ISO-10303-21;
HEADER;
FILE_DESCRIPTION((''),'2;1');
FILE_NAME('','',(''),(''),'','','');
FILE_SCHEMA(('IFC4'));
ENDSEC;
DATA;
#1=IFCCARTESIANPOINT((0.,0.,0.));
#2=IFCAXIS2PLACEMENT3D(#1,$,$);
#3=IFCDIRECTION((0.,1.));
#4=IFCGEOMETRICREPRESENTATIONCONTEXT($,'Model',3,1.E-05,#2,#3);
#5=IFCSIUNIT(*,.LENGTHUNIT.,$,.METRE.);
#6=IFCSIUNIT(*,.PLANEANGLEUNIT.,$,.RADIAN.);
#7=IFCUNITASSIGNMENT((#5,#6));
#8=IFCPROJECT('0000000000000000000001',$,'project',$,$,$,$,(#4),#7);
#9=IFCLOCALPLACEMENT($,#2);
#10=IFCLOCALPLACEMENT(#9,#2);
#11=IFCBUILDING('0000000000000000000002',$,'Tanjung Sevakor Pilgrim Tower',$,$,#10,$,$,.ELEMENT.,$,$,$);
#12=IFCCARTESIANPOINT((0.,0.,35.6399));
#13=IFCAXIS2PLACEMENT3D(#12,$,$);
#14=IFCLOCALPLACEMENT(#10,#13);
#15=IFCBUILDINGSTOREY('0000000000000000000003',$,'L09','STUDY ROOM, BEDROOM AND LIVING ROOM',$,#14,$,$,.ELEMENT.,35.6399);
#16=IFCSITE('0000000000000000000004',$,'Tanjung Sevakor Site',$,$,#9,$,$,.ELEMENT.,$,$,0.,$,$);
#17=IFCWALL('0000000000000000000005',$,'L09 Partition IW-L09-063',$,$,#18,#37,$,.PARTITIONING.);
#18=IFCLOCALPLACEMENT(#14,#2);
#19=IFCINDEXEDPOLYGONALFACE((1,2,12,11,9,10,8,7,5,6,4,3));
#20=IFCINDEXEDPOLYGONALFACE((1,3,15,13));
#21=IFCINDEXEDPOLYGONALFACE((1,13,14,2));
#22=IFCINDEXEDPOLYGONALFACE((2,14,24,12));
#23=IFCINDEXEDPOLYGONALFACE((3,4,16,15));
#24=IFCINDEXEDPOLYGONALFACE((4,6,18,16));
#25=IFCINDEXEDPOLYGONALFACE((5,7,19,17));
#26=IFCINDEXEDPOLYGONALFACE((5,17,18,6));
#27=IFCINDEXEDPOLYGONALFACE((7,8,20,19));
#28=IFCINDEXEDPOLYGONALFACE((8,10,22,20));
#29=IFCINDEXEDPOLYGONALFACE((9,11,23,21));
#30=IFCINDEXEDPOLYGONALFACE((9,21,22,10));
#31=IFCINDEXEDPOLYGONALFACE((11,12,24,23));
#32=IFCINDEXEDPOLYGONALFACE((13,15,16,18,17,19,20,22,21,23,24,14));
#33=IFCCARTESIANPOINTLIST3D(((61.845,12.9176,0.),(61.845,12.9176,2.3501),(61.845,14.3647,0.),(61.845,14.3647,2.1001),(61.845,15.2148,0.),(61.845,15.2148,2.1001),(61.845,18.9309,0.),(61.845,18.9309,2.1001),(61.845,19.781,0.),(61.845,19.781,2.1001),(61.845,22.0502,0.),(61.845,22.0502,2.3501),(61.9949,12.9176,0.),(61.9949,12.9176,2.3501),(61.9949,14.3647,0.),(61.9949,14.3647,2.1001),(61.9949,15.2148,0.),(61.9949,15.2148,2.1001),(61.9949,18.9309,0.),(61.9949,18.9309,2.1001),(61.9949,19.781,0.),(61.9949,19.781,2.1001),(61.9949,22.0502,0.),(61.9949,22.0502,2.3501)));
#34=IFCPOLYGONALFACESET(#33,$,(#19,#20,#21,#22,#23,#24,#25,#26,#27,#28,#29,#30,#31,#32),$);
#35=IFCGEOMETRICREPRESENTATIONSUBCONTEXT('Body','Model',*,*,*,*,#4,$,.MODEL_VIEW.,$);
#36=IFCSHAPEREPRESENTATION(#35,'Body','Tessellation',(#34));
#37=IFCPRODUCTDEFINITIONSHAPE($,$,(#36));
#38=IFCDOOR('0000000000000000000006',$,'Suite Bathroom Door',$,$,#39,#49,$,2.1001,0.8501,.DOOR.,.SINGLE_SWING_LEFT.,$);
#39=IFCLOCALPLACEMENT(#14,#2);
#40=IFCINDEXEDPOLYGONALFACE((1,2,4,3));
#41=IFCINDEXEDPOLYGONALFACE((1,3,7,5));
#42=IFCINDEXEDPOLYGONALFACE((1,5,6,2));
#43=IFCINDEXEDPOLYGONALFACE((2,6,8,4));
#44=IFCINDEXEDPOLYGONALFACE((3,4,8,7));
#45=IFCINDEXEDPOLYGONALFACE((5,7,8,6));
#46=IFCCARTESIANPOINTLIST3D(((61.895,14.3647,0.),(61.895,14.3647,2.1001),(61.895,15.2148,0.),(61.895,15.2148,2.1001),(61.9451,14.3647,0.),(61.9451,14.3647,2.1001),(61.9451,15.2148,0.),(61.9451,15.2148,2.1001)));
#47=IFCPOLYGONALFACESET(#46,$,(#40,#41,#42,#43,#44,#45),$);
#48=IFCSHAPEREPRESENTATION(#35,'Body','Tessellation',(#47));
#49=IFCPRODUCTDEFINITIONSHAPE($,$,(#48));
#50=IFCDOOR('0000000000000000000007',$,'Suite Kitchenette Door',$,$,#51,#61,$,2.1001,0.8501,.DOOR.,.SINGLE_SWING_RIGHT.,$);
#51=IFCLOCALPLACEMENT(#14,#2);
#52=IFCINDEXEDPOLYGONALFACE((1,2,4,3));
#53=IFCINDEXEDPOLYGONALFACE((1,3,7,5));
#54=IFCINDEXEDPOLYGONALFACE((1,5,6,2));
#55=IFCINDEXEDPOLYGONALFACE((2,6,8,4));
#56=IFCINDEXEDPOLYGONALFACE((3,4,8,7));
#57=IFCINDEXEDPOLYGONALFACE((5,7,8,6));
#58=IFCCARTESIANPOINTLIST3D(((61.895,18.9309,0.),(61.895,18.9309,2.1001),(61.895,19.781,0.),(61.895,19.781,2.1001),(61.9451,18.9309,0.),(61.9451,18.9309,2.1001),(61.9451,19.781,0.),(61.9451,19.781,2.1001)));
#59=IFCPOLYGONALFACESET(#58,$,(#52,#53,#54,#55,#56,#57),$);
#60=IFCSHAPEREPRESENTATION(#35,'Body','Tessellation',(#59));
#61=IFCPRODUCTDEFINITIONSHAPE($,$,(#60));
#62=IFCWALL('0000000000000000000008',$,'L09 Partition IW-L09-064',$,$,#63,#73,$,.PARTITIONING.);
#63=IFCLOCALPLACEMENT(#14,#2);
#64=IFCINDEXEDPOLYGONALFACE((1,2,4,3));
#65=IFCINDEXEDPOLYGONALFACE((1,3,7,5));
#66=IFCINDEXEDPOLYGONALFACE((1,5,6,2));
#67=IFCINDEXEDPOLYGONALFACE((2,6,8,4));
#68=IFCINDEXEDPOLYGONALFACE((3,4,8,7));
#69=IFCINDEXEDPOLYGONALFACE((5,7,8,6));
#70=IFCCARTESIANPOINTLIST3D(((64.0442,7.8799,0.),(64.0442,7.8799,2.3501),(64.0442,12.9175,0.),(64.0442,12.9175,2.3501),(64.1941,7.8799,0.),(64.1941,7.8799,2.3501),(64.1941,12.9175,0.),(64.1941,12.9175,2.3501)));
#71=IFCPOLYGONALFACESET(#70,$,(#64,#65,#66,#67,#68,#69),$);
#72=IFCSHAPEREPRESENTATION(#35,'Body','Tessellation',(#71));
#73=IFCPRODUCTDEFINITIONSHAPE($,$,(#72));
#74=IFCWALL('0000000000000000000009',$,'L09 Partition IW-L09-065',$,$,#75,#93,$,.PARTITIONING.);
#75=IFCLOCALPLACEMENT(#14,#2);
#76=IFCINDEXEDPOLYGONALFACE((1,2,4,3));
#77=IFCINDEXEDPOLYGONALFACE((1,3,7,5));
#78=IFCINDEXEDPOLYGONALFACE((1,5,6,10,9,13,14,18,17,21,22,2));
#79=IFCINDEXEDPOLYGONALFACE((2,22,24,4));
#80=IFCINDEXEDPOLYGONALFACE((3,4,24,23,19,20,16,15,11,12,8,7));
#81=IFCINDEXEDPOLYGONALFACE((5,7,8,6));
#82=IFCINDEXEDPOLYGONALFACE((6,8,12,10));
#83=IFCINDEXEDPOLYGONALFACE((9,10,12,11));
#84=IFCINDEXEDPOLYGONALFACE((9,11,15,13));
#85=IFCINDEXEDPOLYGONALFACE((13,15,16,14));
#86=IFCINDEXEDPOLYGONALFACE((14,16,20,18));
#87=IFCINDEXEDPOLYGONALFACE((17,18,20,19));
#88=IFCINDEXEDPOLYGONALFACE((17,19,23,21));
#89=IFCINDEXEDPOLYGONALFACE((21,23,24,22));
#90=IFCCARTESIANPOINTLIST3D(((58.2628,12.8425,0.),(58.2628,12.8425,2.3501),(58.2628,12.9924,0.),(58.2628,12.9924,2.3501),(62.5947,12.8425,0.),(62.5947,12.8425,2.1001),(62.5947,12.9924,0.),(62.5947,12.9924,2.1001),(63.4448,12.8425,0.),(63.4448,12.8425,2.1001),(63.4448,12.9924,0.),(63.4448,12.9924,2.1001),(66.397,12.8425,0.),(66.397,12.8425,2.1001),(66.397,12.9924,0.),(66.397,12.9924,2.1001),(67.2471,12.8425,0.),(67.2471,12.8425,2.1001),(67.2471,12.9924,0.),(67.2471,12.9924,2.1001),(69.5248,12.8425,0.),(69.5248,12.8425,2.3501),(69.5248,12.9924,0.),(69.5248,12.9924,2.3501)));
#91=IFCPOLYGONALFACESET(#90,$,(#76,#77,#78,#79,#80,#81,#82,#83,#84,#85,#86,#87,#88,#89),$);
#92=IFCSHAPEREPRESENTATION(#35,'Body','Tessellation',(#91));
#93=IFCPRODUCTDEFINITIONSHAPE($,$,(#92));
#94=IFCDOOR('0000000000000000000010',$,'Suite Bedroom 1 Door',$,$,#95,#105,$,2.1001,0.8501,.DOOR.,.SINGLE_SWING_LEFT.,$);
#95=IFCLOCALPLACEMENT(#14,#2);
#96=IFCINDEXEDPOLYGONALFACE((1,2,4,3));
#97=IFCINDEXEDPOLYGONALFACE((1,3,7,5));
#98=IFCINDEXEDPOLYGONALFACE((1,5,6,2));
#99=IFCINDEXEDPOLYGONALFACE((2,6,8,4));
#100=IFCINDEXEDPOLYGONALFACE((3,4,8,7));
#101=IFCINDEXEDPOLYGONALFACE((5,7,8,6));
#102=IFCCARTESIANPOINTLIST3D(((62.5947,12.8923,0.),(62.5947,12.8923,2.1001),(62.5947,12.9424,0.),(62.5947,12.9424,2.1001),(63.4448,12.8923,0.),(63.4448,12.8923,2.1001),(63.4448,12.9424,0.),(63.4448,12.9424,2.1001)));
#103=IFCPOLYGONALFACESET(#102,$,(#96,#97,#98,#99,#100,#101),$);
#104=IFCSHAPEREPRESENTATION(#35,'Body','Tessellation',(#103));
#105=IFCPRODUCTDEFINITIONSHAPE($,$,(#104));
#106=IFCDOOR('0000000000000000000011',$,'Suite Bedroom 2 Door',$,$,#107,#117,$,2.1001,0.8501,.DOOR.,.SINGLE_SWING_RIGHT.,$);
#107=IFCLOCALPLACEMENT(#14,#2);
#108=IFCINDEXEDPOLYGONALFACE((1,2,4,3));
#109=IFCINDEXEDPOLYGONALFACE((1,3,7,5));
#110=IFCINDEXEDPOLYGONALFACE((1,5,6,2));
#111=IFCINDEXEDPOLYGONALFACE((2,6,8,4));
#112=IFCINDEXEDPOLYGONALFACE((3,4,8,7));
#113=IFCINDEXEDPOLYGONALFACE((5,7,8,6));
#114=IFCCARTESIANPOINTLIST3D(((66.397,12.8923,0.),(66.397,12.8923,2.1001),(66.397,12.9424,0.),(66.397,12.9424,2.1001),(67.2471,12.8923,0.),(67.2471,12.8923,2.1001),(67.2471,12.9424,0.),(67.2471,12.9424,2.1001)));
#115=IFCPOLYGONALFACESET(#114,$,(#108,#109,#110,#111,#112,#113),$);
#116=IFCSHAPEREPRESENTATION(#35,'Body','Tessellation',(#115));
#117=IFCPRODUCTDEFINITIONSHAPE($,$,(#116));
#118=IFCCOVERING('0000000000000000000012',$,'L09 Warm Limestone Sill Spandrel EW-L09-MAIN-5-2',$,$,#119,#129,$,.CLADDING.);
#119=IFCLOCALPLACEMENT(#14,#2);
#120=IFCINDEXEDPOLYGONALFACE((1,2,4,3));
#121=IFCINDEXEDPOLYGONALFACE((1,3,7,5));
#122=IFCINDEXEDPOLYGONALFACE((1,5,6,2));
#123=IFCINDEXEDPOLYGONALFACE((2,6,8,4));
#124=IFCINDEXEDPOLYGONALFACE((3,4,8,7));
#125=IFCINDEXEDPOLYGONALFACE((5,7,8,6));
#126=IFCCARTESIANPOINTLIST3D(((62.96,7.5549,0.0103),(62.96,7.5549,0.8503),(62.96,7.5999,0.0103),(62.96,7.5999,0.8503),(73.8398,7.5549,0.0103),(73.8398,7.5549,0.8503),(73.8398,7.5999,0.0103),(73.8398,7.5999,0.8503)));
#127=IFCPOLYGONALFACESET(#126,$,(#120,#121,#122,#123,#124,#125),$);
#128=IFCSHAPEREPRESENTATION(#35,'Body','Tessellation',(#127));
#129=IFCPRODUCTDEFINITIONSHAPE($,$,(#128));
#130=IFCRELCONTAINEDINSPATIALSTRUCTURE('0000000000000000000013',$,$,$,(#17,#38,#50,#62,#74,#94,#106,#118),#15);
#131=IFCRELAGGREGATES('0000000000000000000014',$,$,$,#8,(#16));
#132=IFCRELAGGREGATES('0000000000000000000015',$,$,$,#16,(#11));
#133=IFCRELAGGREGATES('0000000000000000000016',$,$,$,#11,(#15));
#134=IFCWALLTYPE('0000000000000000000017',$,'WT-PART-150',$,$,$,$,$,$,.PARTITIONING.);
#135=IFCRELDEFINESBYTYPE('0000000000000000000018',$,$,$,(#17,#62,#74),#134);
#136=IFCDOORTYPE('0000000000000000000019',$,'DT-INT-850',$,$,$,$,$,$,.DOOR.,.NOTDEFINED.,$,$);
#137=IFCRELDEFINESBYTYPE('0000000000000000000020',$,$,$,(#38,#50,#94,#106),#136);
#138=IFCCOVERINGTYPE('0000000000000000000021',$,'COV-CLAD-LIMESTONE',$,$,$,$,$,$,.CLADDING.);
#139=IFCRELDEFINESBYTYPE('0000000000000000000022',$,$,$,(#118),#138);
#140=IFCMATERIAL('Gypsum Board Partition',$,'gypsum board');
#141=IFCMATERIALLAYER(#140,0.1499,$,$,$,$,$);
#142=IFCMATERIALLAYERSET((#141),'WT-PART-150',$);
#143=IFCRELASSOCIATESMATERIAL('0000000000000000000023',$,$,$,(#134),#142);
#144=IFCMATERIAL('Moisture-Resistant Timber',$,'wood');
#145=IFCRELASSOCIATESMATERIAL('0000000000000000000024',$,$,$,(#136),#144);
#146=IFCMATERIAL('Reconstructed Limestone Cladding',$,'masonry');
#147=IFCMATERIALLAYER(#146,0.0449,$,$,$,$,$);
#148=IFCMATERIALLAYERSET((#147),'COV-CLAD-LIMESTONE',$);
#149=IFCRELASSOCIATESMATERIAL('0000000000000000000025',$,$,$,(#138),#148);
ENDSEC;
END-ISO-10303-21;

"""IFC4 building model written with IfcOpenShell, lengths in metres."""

from ifc_helpers import new_model, si_unit, direction, frame, frame_2d, origin, origin_2d, place, context, subcontext, project, spatial, rectangle, extrude, material, layer, layer_set, type_object, element, fill, save


model = new_model("IFC4")

# Units and contexts
model_context = context("Model", 3, precision=1e-05, world=origin(), true_north=direction((0.0, 1.0)))
body_context = subcontext(model_context, "Body", "Model", "MODEL_VIEW")
ifc_project = project(units=[si_unit("LENGTHUNIT", "METRE"), si_unit("PLANEANGLEUNIT", "RADIAN")], contexts=[model_context])

# Site, building, storey
site_placement = place(None, origin())
site = spatial("IfcSite", under=ifc_project, at=site_placement, Name="Tanjung Sevakor Site", CompositionType="ELEMENT", RefElevation=0.0)
building_placement = place(site_placement, origin())
building = spatial("IfcBuilding", under=site, at=building_placement, Name="Tanjung Sevakor Pilgrim Tower", CompositionType="ELEMENT")
storey_placement = place(building_placement, frame((0.0, 0.0, 35.6399)))
storey = spatial("IfcBuildingStorey", under=building, at=storey_placement, Name="L09", Description="STUDY ROOM, BEDROOM AND LIVING ROOM", CompositionType="ELEMENT", Elevation=35.6399)

# Shared definitions
ifc_material_1 = material(Name="Gypsum Board Partition", Category="gypsum board")
ifc_layer_1 = layer(ifc_material_1, 0.1499)
ifc_layer_set_1 = layer_set([ifc_layer_1], Name="WT-PART-150")
wall_type_1 = type_object("IfcWallType", Name="WT-PART-150", PredefinedType="PARTITIONING", material=ifc_layer_set_1)

# Wall, openings, doors
wall_1_placement = place(storey_placement, frame((61.9199, 12.9175, 0.0), z_axis=(0.0, 0.0, 1.0), x_axis=(0.0, 1.0, 0.0)))
wall_1 = element("IfcWall", 1, at=wall_1_placement, inside=storey, type_object=wall_type_1, Name="L09 Partition IW-L09-063", PredefinedType="PARTITIONING", context=body_context, shape_type="SweptSolid", body=[
    extrude(rectangle(XDim=9.1326, YDim=0.1499, at=frame_2d((4.5664, 0.0))), origin(), (0.0, 0.0, 1.0), 2.3501),
])
opening_1_placement = place(wall_1_placement, frame((1.4473, 0.0, 0.0)))
opening_1 = element("IfcOpeningElement", 2, at=opening_1_placement, cuts=wall_1, PredefinedType="OPENING", context=body_context, shape_type="SweptSolid", body=[
    extrude(rectangle(XDim=0.8501, YDim=2.1001, at=frame_2d((0.425, 1.05))), frame((0.0, 0.085, 0.0), z_axis=(0.0, -1.0, 0.0), x_axis=(1.0, 0.0, 0.0)), (0.0, 0.0, 1.0), 0.1699),
])
opening_2_placement = place(wall_1_placement, frame((6.0134, 0.0, 0.0)))
opening_2 = element("IfcOpeningElement", 3, at=opening_2_placement, cuts=wall_1, PredefinedType="OPENING", context=body_context, shape_type="SweptSolid", body=[
    extrude(rectangle(XDim=0.8501, YDim=2.1001, at=frame_2d((0.425, 1.05))), frame((0.0, 0.085, 0.0), z_axis=(0.0, -1.0, 0.0), x_axis=(1.0, 0.0, 0.0)), (0.0, 0.0, 1.0), 0.1699),
])
ifc_material_2 = material(Name="Moisture-Resistant Timber", Category="wood")
door_type_1 = type_object("IfcDoorType", Name="DT-INT-850", OperationType="NOTDEFINED", PredefinedType="DOOR", material=ifc_material_2)
door_1_placement = place(opening_1_placement, origin())
door_1 = element("IfcDoor", 4, at=door_1_placement, inside=storey, type_object=door_type_1, Name="Suite Bathroom Door", OperationType="SINGLE_SWING_LEFT", OverallHeight=2.1001, OverallWidth=0.8501, PredefinedType="DOOR", context=body_context, shape_type="SweptSolid", body=[
    extrude(rectangle(XDim=0.8501, YDim=2.1001, at=frame_2d((0.425, 1.05))), frame((0.0, 0.0249, 0.0), z_axis=(0.0, -1.0, 0.0), x_axis=(1.0, 0.0, 0.0)), (0.0, 0.0, 1.0), 0.05),
])
fill(opening_1, door_1)
door_2_placement = place(opening_2_placement, origin())
door_2 = element("IfcDoor", 5, at=door_2_placement, inside=storey, type_object=door_type_1, Name="Suite Kitchenette Door", OperationType="SINGLE_SWING_RIGHT", OverallHeight=2.1001, OverallWidth=0.8501, PredefinedType="DOOR", context=body_context, shape_type="SweptSolid", body=[
    extrude(rectangle(XDim=0.8501, YDim=2.1001, at=frame_2d((0.425, 1.05))), frame((0.0, 0.0249, 0.0), z_axis=(0.0, -1.0, 0.0), x_axis=(1.0, 0.0, 0.0)), (0.0, 0.0, 1.0), 0.05),
])
fill(opening_2, door_2)

# Wall
wall_2_placement = place(storey_placement, frame((64.1191, 7.8799, 0.0), z_axis=(0.0, 0.0, 1.0), x_axis=(0.0, 1.0, 0.0)))
element("IfcWall", 6, at=wall_2_placement, inside=storey, type_object=wall_type_1, Name="L09 Partition IW-L09-064", PredefinedType="PARTITIONING", context=body_context, shape_type="SweptSolid", body=[
    extrude(rectangle(XDim=5.0376, YDim=0.1499, at=frame_2d((2.5188, 0.0))), origin(), (0.0, 0.0, 1.0), 2.3501),
])

# Wall, openings, doors
wall_3_placement = place(storey_placement, frame((58.2629, 12.9175, 0.0), z_axis=(0.0, 0.0, 1.0), x_axis=(1.0, 0.0, 0.0)))
wall_3 = element("IfcWall", 7, at=wall_3_placement, inside=storey, type_object=wall_type_1, Name="L09 Partition IW-L09-065", PredefinedType="PARTITIONING", context=body_context, shape_type="SweptSolid", body=[
    extrude(rectangle(XDim=11.262, YDim=0.1499, at=frame_2d((5.6309, 0.0))), origin(), (0.0, 0.0, 1.0), 2.3501),
])
opening_3_placement = place(wall_3_placement, frame((4.3318, 0.0, 0.0)))
opening_3 = element("IfcOpeningElement", 8, at=opening_3_placement, cuts=wall_3, PredefinedType="OPENING", context=body_context, shape_type="SweptSolid", body=[
    extrude(rectangle(XDim=0.8501, YDim=2.1001, at=frame_2d((0.425, 1.05))), frame((0.0, 0.085, 0.0), z_axis=(0.0, -1.0, 0.0), x_axis=(1.0, 0.0, 0.0)), (0.0, 0.0, 1.0), 0.1699),
])
opening_4_placement = place(wall_3_placement, frame((8.134, 0.0, 0.0)))
opening_4 = element("IfcOpeningElement", 9, at=opening_4_placement, cuts=wall_3, PredefinedType="OPENING", context=body_context, shape_type="SweptSolid", body=[
    extrude(rectangle(XDim=0.8501, YDim=2.1001, at=frame_2d((0.425, 1.05))), frame((0.0, 0.085, 0.0), z_axis=(0.0, -1.0, 0.0), x_axis=(1.0, 0.0, 0.0)), (0.0, 0.0, 1.0), 0.1699),
])
door_3_placement = place(opening_3_placement, origin())
door_3 = element("IfcDoor", 10, at=door_3_placement, inside=storey, type_object=door_type_1, Name="Suite Bedroom 1 Door", OperationType="SINGLE_SWING_LEFT", OverallHeight=2.1001, OverallWidth=0.8501, PredefinedType="DOOR", context=body_context, shape_type="SweptSolid", body=[
    extrude(rectangle(XDim=0.8501, YDim=2.1001, at=frame_2d((0.425, 1.05))), frame((0.0, 0.0249, 0.0), z_axis=(0.0, -1.0, 0.0), x_axis=(1.0, 0.0, 0.0)), (0.0, 0.0, 1.0), 0.05),
])
fill(opening_3, door_3)
door_4_placement = place(opening_4_placement, origin())
door_4 = element("IfcDoor", 11, at=door_4_placement, inside=storey, type_object=door_type_1, Name="Suite Bedroom 2 Door", OperationType="SINGLE_SWING_RIGHT", OverallHeight=2.1001, OverallWidth=0.8501, PredefinedType="DOOR", context=body_context, shape_type="SweptSolid", body=[
    extrude(rectangle(XDim=0.8501, YDim=2.1001, at=frame_2d((0.425, 1.05))), frame((0.0, 0.0249, 0.0), z_axis=(0.0, -1.0, 0.0), x_axis=(1.0, 0.0, 0.0)), (0.0, 0.0, 1.0), 0.05),
])
fill(opening_4, door_4)

# Covering
ifc_material_3 = material(Name="Reconstructed Limestone Cladding", Category="masonry")
ifc_layer_2 = layer(ifc_material_3, 0.0449)
ifc_layer_set_2 = layer_set([ifc_layer_2], Name="COV-CLAD-LIMESTONE")
covering_type = type_object("IfcCoveringType", Name="COV-CLAD-LIMESTONE", PredefinedType="CLADDING", material=ifc_layer_set_2)
covering_placement = place(storey_placement, frame((68.3999, 7.5774, 0.0103), z_axis=(0.0, 0.0, 1.0), x_axis=(1.0, 0.0, 0.0)))
element("IfcCovering", 12, at=covering_placement, inside=storey, type_object=covering_type, Name="L09 Warm Limestone Sill Spandrel EW-L09-MAIN-5-2", PredefinedType="CLADDING", context=body_context, shape_type="SweptSolid", body=[
    extrude(rectangle(XDim=10.8799, YDim=0.0449, at=origin_2d()), origin(), (0.0, 0.0, 1.0), 0.8401),
])

save(model, "model.ifc")
